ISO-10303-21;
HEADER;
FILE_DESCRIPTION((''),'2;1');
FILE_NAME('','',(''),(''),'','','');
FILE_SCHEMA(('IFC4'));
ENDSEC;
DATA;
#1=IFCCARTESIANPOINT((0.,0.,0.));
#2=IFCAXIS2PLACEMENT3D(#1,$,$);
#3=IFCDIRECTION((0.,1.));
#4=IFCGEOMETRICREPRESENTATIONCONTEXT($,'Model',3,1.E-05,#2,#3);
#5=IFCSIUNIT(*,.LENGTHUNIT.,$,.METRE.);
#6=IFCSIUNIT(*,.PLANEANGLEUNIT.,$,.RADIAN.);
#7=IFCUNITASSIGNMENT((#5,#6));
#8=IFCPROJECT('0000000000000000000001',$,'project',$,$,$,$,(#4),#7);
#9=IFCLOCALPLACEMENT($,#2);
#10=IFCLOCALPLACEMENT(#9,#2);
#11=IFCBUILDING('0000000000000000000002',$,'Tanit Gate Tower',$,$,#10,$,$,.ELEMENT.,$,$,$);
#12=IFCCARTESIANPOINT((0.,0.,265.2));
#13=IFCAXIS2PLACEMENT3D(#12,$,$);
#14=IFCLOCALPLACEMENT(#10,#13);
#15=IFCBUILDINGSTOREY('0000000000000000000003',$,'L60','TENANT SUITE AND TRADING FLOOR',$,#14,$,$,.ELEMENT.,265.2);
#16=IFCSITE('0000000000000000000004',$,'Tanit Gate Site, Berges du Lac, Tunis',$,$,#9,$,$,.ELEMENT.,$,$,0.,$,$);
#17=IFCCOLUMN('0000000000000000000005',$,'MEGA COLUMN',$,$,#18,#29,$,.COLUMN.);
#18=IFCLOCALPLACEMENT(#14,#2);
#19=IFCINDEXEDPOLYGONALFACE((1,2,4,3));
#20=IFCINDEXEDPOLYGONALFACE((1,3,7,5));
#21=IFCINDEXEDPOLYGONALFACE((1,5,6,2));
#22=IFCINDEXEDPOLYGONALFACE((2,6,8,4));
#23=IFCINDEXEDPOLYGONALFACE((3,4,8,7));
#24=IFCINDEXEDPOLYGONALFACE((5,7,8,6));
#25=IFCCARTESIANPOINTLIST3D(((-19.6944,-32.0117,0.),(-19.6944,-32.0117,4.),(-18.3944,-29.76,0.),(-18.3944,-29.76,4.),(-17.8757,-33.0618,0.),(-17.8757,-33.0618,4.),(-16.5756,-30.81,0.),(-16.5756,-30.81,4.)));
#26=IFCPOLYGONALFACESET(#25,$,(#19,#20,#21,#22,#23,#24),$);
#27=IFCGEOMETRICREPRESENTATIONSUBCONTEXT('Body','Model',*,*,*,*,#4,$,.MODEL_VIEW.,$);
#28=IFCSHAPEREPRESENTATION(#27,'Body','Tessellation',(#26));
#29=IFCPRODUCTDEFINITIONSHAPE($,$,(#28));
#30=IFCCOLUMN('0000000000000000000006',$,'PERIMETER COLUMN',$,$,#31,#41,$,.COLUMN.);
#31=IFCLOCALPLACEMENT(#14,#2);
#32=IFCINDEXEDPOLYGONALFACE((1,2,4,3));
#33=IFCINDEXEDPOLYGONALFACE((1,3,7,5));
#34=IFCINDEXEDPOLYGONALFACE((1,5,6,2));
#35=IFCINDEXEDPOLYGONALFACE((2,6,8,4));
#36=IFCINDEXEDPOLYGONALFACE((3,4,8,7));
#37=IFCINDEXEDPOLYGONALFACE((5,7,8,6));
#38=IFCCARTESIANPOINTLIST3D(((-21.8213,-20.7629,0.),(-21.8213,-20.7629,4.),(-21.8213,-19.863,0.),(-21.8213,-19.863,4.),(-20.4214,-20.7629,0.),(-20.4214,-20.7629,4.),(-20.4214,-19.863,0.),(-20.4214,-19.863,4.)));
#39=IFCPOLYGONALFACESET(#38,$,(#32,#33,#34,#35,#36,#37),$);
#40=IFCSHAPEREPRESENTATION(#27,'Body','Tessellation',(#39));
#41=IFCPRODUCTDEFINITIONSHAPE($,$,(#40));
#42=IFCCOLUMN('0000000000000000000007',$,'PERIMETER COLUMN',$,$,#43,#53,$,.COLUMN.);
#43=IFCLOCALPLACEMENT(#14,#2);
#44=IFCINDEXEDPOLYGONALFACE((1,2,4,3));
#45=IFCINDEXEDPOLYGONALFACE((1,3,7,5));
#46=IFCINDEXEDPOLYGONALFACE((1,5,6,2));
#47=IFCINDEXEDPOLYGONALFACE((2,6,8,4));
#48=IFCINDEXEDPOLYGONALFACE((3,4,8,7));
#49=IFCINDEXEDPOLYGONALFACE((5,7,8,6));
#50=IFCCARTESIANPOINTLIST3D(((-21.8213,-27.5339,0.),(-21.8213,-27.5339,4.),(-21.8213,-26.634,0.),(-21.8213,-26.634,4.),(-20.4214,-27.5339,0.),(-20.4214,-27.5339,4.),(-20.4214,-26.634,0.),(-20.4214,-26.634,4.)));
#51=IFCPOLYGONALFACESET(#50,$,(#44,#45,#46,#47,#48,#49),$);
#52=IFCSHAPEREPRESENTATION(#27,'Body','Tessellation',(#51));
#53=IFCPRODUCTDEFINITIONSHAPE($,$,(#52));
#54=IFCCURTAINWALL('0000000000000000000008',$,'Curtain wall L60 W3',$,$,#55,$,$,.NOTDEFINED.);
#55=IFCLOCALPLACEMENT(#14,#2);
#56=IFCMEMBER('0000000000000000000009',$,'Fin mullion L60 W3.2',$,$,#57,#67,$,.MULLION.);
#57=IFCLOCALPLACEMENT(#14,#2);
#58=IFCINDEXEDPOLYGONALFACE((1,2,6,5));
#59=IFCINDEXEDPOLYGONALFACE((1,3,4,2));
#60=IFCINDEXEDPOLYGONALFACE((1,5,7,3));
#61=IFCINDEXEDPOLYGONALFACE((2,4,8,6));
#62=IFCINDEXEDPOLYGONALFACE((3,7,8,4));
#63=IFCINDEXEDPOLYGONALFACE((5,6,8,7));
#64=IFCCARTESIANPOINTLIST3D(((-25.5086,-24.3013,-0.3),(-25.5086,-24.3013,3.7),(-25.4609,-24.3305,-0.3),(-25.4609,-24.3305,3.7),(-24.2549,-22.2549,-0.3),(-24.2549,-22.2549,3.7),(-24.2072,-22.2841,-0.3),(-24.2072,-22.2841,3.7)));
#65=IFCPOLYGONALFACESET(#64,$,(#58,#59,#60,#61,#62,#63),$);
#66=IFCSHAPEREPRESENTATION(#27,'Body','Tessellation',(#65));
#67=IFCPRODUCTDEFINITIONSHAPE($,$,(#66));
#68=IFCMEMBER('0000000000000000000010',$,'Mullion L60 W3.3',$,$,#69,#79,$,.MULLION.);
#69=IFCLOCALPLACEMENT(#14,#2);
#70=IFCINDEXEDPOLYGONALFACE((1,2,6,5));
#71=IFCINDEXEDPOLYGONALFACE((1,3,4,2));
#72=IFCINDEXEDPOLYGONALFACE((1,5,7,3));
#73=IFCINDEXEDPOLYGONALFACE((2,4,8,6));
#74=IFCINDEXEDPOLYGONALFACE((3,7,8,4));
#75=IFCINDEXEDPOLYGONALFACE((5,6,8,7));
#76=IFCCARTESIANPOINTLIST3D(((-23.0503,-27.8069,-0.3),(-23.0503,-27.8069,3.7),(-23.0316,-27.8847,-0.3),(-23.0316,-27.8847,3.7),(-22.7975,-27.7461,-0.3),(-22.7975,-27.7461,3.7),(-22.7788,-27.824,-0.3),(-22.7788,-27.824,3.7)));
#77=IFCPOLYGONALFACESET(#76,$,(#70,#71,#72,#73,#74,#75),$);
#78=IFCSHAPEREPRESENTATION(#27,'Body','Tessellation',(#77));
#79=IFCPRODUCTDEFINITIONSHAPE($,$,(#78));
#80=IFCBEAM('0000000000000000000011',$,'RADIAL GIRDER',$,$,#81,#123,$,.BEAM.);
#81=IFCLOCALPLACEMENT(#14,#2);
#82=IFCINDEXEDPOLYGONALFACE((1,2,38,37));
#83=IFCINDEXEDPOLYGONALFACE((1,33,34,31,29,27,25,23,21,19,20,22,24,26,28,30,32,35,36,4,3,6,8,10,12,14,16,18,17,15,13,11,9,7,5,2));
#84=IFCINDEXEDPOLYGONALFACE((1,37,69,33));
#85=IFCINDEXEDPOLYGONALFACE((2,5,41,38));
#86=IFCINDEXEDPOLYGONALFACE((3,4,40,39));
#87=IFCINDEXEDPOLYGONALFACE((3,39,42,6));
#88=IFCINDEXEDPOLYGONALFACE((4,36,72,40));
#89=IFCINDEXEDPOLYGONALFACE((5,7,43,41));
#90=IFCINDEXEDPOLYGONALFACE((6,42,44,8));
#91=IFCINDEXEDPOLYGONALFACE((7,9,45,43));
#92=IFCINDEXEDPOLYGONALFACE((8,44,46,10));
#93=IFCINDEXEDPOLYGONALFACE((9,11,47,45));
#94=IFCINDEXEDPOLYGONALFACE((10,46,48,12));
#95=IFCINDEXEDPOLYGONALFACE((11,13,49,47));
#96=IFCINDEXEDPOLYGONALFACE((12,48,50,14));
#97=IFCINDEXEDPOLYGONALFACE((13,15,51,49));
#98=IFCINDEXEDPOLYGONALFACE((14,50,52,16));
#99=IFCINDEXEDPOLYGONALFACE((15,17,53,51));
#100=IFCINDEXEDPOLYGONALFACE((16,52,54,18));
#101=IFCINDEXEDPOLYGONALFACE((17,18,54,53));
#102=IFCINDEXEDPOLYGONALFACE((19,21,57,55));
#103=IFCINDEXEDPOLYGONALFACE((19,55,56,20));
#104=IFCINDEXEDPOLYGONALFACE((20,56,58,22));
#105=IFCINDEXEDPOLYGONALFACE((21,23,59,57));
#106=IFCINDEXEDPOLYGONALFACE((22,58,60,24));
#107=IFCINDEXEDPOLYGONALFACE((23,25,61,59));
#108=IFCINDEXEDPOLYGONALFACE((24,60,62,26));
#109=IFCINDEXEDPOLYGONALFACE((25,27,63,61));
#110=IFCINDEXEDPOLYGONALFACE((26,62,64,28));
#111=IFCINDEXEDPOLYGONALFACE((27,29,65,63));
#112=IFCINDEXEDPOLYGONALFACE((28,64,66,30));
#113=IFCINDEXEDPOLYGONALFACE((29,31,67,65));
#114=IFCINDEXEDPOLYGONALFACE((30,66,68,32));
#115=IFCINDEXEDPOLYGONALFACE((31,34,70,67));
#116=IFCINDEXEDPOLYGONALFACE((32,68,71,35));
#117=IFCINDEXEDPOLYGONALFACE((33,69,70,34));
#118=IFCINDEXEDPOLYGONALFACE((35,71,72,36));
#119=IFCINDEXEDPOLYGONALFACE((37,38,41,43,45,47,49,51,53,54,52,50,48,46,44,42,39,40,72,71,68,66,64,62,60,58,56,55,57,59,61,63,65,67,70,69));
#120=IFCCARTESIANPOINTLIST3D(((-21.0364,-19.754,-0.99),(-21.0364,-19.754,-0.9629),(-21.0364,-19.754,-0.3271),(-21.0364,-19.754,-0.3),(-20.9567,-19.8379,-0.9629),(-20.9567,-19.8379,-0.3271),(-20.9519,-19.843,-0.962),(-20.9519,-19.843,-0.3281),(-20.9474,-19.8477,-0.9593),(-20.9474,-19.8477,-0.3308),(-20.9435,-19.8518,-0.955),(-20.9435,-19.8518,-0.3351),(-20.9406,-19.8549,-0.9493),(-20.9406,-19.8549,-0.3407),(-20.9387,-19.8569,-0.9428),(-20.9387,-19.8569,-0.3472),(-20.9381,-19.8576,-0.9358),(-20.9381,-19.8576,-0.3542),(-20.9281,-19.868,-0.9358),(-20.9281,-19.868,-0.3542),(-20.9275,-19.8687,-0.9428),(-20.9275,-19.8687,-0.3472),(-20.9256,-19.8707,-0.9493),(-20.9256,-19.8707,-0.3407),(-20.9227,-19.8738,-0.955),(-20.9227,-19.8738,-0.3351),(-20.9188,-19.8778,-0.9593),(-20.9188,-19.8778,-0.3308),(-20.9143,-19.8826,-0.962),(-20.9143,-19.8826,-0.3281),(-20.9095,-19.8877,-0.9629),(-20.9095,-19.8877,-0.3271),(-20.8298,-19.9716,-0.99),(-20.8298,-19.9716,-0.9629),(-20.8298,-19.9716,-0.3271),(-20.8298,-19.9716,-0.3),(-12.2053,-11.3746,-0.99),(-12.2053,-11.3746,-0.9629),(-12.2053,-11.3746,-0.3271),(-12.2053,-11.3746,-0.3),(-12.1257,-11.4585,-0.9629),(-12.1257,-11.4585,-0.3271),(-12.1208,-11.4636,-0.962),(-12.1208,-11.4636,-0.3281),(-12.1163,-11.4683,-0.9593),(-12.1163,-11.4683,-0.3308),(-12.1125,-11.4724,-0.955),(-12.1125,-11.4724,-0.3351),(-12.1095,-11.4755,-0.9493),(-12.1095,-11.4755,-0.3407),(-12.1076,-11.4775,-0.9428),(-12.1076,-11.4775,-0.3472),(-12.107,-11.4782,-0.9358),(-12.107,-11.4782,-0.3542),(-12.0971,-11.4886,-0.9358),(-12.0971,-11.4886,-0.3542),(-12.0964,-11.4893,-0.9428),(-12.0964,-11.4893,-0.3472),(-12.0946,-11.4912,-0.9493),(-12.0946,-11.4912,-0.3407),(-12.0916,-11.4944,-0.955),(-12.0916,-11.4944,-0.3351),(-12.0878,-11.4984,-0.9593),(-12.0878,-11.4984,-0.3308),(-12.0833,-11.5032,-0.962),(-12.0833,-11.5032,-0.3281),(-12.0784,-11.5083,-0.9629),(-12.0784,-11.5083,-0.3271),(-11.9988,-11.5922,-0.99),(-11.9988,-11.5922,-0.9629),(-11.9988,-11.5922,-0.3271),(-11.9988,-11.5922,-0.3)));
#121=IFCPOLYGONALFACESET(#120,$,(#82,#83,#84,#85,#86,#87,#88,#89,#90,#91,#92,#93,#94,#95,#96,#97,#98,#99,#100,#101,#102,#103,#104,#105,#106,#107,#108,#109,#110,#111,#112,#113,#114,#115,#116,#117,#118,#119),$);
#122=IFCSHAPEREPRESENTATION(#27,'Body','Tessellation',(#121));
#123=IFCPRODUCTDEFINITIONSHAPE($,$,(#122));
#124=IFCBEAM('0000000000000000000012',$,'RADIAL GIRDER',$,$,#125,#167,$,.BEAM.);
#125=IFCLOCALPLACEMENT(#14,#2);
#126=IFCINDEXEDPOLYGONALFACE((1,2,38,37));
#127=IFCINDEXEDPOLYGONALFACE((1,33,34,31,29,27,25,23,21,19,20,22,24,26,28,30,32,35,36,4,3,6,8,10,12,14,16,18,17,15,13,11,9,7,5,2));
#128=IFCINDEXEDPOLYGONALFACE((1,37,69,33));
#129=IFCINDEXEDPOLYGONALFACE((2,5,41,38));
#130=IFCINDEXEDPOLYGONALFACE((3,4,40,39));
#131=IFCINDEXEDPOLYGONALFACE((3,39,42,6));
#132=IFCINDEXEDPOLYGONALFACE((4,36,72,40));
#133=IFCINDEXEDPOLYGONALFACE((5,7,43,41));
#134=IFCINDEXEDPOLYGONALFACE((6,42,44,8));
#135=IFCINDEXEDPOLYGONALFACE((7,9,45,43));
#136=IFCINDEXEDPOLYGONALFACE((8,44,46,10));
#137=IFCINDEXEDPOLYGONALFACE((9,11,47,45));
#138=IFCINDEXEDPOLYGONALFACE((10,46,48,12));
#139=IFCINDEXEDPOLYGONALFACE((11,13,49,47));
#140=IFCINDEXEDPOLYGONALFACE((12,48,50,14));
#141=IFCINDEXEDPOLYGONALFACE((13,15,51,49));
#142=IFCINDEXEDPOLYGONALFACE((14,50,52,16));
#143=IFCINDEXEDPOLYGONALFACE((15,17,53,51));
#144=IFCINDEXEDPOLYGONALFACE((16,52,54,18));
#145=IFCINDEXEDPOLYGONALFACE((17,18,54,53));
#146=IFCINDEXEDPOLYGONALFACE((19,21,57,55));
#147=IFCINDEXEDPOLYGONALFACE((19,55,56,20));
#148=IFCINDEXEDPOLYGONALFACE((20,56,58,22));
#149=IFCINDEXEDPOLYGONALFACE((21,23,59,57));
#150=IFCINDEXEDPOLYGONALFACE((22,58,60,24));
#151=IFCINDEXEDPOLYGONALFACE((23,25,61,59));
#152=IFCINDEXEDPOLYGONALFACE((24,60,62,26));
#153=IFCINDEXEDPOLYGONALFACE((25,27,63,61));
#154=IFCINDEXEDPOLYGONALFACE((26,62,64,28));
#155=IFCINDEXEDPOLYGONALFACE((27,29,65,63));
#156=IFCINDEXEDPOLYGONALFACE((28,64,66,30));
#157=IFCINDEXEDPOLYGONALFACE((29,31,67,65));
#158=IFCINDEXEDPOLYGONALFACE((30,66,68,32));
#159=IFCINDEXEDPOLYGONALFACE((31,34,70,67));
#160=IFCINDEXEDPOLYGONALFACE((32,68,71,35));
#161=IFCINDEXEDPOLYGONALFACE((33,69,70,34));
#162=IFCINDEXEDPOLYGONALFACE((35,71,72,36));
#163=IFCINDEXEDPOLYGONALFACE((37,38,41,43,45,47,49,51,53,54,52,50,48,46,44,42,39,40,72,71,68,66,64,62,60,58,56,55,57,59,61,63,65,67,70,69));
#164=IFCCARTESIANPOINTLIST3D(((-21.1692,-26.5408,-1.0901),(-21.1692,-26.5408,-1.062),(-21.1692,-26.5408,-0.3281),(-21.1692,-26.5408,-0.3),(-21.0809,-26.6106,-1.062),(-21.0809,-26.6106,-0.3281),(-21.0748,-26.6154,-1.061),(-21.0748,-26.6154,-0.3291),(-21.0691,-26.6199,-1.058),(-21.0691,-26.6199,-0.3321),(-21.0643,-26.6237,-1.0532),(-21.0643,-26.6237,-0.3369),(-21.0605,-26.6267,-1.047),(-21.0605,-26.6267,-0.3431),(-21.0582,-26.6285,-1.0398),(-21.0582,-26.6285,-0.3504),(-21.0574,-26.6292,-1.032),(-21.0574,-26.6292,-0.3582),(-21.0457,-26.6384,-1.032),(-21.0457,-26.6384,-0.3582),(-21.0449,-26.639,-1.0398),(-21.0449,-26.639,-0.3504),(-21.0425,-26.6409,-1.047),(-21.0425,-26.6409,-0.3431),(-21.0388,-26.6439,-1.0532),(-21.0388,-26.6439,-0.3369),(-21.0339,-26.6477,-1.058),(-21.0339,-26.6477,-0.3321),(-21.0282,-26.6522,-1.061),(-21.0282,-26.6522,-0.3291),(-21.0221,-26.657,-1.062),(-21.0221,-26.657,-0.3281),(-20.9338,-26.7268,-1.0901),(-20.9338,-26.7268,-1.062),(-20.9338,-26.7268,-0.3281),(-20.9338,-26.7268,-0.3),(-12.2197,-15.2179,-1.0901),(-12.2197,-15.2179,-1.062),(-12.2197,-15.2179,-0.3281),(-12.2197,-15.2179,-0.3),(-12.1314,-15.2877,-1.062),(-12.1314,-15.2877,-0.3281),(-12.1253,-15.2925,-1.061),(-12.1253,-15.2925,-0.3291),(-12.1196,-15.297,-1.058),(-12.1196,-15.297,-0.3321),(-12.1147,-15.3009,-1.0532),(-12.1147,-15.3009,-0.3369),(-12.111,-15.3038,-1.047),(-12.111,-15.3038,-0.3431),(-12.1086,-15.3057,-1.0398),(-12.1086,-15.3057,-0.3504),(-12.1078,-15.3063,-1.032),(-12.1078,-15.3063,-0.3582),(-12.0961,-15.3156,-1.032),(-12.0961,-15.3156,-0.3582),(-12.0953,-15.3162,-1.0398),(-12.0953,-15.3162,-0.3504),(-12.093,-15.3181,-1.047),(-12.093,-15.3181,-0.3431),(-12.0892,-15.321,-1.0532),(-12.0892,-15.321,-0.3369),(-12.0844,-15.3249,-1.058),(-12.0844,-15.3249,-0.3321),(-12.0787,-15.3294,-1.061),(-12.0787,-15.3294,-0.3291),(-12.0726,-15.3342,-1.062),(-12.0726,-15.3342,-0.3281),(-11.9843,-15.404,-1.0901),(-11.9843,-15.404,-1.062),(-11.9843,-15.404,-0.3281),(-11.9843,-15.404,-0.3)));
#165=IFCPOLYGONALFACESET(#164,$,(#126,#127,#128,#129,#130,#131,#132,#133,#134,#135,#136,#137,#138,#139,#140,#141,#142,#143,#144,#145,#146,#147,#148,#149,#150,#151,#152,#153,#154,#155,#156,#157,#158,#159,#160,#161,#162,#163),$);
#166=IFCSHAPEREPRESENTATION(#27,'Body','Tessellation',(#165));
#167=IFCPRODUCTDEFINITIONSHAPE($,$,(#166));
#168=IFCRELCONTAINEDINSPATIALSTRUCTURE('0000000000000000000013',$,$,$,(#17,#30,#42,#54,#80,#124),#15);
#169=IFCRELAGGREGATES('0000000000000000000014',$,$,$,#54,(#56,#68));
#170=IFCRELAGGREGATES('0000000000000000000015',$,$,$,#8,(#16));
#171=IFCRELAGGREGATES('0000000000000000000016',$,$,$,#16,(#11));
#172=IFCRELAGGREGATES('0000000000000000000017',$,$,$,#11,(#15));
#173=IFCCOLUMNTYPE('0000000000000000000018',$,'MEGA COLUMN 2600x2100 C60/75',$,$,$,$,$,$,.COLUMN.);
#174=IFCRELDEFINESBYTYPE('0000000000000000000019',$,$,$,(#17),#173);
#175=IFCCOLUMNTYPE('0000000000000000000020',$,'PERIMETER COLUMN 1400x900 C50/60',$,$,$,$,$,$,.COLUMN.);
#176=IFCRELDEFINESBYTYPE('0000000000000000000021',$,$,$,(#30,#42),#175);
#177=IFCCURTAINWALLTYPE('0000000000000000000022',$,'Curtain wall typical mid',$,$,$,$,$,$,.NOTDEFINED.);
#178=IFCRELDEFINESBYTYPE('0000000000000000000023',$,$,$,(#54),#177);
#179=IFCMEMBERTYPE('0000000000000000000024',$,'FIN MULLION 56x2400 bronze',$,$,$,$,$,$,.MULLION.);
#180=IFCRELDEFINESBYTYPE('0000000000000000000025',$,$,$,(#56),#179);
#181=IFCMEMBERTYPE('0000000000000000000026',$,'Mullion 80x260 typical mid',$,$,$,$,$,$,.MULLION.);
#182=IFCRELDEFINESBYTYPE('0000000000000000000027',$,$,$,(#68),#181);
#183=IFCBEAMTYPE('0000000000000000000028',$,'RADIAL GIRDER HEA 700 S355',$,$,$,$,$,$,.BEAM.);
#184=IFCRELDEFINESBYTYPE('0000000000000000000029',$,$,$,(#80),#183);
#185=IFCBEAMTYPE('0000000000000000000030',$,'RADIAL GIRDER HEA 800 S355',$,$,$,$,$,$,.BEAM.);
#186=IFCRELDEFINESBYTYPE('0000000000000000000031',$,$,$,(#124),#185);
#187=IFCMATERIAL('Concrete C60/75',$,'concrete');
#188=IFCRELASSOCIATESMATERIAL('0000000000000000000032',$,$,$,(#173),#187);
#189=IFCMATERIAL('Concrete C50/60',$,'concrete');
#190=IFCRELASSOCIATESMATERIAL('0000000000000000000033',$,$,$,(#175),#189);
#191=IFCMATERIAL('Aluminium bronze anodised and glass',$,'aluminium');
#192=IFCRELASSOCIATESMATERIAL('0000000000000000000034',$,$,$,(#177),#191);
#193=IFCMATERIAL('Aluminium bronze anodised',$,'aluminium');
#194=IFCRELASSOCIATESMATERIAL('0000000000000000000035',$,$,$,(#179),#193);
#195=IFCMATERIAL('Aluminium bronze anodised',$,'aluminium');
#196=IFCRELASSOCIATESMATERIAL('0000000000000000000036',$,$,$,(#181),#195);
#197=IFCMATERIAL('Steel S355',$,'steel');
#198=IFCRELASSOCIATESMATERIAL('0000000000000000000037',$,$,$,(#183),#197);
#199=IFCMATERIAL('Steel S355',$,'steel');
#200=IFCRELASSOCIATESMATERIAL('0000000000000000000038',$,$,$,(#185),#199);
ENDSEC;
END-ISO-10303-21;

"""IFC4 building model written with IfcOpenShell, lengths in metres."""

from ifc_helpers import new_model, si_unit, direction, frame, origin, origin_2d, place, context, subcontext, project, spatial, rectangle, i_section, extrude, material, material_profile, profile_set, type_object, element, aggregate, save


model = new_model("IFC4")

# Units and contexts
model_context = context("Model", 3, precision=1e-05, world=origin(), true_north=direction((0.0, 1.0)))
body_context = subcontext(model_context, "Body", "Model", "MODEL_VIEW")
ifc_project = project(units=[si_unit("LENGTHUNIT", "METRE"), si_unit("PLANEANGLEUNIT", "RADIAN")], contexts=[model_context])

# Site, building, storey
site_placement = place(None, origin())
site = spatial("IfcSite", under=ifc_project, at=site_placement, Name="Tanit Gate Site, Berges du Lac, Tunis", CompositionType="ELEMENT", RefElevation=0.0)
building_placement = place(site_placement, origin())
building = spatial("IfcBuilding", under=site, at=building_placement, Name="Tanit Gate Tower", CompositionType="ELEMENT")
storey_placement = place(building_placement, frame((0.0, 0.0, 265.2)))
storey = spatial("IfcBuildingStorey", under=building, at=storey_placement, Name="L60", Description="TENANT SUITE AND TRADING FLOOR", CompositionType="ELEMENT", Elevation=265.2)

# Columns
ifc_material_1 = material(Name="Concrete C60/75", Category="concrete")
ifc_material_profile_1 = material_profile(ifc_material_1, rectangle(XDim=2.6001, YDim=2.1001, at=origin_2d()), Name="RC 2600x2100")
ifc_profile_set_1 = profile_set([ifc_material_profile_1], Name="Concrete C60/75")
column_type_1 = type_object("IfcColumnType", Name="MEGA COLUMN 2600x2100 C60/75", PredefinedType="COLUMN", material=ifc_profile_set_1)
column_placement = place(storey_placement, frame((-18.135, -31.4109, 0.0), z_axis=(0.0, 0.0, 1.0), x_axis=(-0.5, -0.866025, 0.0)))
element("IfcColumn", 1, at=column_placement, inside=storey, type_object=column_type_1, Name="MEGA COLUMN", PredefinedType="COLUMN", context=body_context, shape_type="SweptSolid", body=[
    extrude(rectangle(XDim=2.6001, YDim=2.1001, at=origin_2d()), origin(), (0.0, 0.0, 1.0), 4.0),
])
ifc_material_2 = material(Name="Concrete C50/60", Category="concrete")
ifc_material_profile_2 = material_profile(ifc_material_2, rectangle(XDim=1.3999, YDim=0.8999, at=origin_2d()), Name="RC 1400x900")
ifc_profile_set_2 = profile_set([ifc_material_profile_2], Name="Concrete C50/60")
column_type_2 = type_object("IfcColumnType", Name="PERIMETER COLUMN 1400x900 C50/60", PredefinedType="COLUMN", material=ifc_profile_set_2)
for number, where, z_axis, x_axis, name in (
    (2, (-21.1213, -20.313, 0.0), (0.0, 0.0, 1.0), (-1.0, 0.0, 0.0), "PERIMETER COLUMN"),
    (3, (-21.1213, -27.084, 0.0), (0.0, 0.0, 1.0), (-1.0, 0.0, 0.0), "PERIMETER COLUMN"),
):
    element("IfcColumn", number, at=place(storey_placement, frame(where, z_axis=z_axis, x_axis=x_axis)), inside=storey, type_object=column_type_2, Name=name, PredefinedType="COLUMN", context=body_context, shape_type="SweptSolid", body=[
        extrude(rectangle(XDim=1.3999, YDim=0.8999, at=origin_2d()), origin(), (0.0, 0.0, 1.0), 4.0),
    ])

# Curtain wall, members
ifc_material_3 = material(Name="Aluminium bronze anodised and glass", Category="aluminium")
curtain_wall_type = type_object("IfcCurtainWallType", Name="Curtain wall typical mid", PredefinedType="NOTDEFINED", material=ifc_material_3)
curtain_wall_placement = place(storey_placement, origin())
curtain_wall = element("IfcCurtainWall", 4, at=curtain_wall_placement, inside=storey, type_object=curtain_wall_type, Name="Curtain wall L60 W3", PredefinedType="NOTDEFINED")
ifc_material_4 = material(Name="Aluminium bronze anodised", Category="aluminium")
ifc_material_profile_3 = material_profile(ifc_material_4, rectangle(XDim=2.3999, YDim=0.0559, at=origin_2d()), Name="56x2400 bronze fin mullion")
ifc_profile_set_3 = profile_set([ifc_material_profile_3], Name="Aluminium bronze anodised")
member_type_1 = type_object("IfcMemberType", Name="FIN MULLION 56x2400 bronze", PredefinedType="MULLION", material=ifc_profile_set_3)
member_1_placement = place(storey_placement, frame((-24.8579, -23.2927, -0.3), z_axis=(0.0, 0.0, 1.0), x_axis=(0.522414, 0.852692, 0.0)))
member_1 = element("IfcMember", 5, at=member_1_placement, type_object=member_type_1, Name="Fin mullion L60 W3.2", PredefinedType="MULLION", context=body_context, shape_type="SweptSolid", body=[
    extrude(rectangle(XDim=2.3999, YDim=0.0559, at=origin_2d()), origin(), (0.0, 0.0, 1.0), 4.0),
])
ifc_material_5 = material(Name="Aluminium bronze anodised", Category="aluminium")
ifc_material_profile_4 = material_profile(ifc_material_5, rectangle(XDim=0.26, YDim=0.0801, at=origin_2d()), Name="80x260 bronze mullion")
ifc_profile_set_4 = profile_set([ifc_material_profile_4], Name="Aluminium bronze anodised")
member_type_2 = type_object("IfcMemberType", Name="Mullion 80x260 typical mid", PredefinedType="MULLION", material=ifc_profile_set_4)
member_2_placement = place(storey_placement, frame((-22.9146, -27.8154, -0.3), z_axis=(0.0, 0.0, 1.0), x_axis=(0.972347, 0.233542, 0.0)))
member_2 = element("IfcMember", 6, at=member_2_placement, type_object=member_type_2, Name="Mullion L60 W3.3", PredefinedType="MULLION", context=body_context, shape_type="SweptSolid", body=[
    extrude(rectangle(XDim=0.26, YDim=0.0801, at=origin_2d()), origin(), (0.0, 0.0, 1.0), 4.0),
])

# Beams
ifc_material_6 = material(Name="Steel S355", Category="steel")
ifc_material_profile_5 = material_profile(ifc_material_6, i_section(OverallWidth=0.3, OverallDepth=0.6899, WebThickness=0.0144, FlangeThickness=0.0271, FilletRadius=0.0271, at=origin_2d()), Name="HEA 700")
ifc_profile_set_5 = profile_set([ifc_material_profile_5], Name="Steel S355")
beam_type_1 = type_object("IfcBeamType", Name="RADIAL GIRDER HEA 700 S355", PredefinedType="BEAM", material=ifc_profile_set_5)
beam_1_placement = place(storey_placement, frame((-20.9331, -19.8628, -0.645), z_axis=(0.725414, 0.688313, 0.0), x_axis=(-0.688313, 0.725414, 0.0)))
element("IfcBeam", 7, at=beam_1_placement, inside=storey, type_object=beam_type_1, Name="RADIAL GIRDER", PredefinedType="BEAM", context=body_context, shape_type="SweptSolid", body=[
    extrude(i_section(OverallWidth=0.3, OverallDepth=0.6899, WebThickness=0.0144, FlangeThickness=0.0271, FilletRadius=0.0271, at=origin_2d()), origin(), (0.0, 0.0, 1.0), 12.1738),
])
ifc_material_7 = material(Name="Steel S355", Category="steel")
ifc_material_profile_6 = material_profile(ifc_material_7, i_section(OverallWidth=0.3, OverallDepth=0.79, WebThickness=0.0149, FlangeThickness=0.0281, FilletRadius=0.03, at=origin_2d()), Name="HEA 800")
ifc_profile_set_6 = profile_set([ifc_material_profile_6], Name="Steel S355")
beam_type_2 = type_object("IfcBeamType", Name="RADIAL GIRDER HEA 800 S355", PredefinedType="BEAM", material=ifc_profile_set_6)
beam_2_placement = place(storey_placement, frame((-21.0515, -26.6338, -0.6951), z_axis=(0.62009, 0.784531, 0.0), x_axis=(-0.784531, 0.62009, 0.0)))
element("IfcBeam", 8, at=beam_2_placement, inside=storey, type_object=beam_type_2, Name="RADIAL GIRDER", PredefinedType="BEAM", context=body_context, shape_type="SweptSolid", body=[
    extrude(i_section(OverallWidth=0.3, OverallDepth=0.79, WebThickness=0.0149, FlangeThickness=0.0281, FilletRadius=0.03, at=origin_2d()), origin(), (0.0, 0.0, 1.0), 14.4326),
])

aggregate(curtain_wall, [member_1, member_2])

save(model, "model.ifc")
